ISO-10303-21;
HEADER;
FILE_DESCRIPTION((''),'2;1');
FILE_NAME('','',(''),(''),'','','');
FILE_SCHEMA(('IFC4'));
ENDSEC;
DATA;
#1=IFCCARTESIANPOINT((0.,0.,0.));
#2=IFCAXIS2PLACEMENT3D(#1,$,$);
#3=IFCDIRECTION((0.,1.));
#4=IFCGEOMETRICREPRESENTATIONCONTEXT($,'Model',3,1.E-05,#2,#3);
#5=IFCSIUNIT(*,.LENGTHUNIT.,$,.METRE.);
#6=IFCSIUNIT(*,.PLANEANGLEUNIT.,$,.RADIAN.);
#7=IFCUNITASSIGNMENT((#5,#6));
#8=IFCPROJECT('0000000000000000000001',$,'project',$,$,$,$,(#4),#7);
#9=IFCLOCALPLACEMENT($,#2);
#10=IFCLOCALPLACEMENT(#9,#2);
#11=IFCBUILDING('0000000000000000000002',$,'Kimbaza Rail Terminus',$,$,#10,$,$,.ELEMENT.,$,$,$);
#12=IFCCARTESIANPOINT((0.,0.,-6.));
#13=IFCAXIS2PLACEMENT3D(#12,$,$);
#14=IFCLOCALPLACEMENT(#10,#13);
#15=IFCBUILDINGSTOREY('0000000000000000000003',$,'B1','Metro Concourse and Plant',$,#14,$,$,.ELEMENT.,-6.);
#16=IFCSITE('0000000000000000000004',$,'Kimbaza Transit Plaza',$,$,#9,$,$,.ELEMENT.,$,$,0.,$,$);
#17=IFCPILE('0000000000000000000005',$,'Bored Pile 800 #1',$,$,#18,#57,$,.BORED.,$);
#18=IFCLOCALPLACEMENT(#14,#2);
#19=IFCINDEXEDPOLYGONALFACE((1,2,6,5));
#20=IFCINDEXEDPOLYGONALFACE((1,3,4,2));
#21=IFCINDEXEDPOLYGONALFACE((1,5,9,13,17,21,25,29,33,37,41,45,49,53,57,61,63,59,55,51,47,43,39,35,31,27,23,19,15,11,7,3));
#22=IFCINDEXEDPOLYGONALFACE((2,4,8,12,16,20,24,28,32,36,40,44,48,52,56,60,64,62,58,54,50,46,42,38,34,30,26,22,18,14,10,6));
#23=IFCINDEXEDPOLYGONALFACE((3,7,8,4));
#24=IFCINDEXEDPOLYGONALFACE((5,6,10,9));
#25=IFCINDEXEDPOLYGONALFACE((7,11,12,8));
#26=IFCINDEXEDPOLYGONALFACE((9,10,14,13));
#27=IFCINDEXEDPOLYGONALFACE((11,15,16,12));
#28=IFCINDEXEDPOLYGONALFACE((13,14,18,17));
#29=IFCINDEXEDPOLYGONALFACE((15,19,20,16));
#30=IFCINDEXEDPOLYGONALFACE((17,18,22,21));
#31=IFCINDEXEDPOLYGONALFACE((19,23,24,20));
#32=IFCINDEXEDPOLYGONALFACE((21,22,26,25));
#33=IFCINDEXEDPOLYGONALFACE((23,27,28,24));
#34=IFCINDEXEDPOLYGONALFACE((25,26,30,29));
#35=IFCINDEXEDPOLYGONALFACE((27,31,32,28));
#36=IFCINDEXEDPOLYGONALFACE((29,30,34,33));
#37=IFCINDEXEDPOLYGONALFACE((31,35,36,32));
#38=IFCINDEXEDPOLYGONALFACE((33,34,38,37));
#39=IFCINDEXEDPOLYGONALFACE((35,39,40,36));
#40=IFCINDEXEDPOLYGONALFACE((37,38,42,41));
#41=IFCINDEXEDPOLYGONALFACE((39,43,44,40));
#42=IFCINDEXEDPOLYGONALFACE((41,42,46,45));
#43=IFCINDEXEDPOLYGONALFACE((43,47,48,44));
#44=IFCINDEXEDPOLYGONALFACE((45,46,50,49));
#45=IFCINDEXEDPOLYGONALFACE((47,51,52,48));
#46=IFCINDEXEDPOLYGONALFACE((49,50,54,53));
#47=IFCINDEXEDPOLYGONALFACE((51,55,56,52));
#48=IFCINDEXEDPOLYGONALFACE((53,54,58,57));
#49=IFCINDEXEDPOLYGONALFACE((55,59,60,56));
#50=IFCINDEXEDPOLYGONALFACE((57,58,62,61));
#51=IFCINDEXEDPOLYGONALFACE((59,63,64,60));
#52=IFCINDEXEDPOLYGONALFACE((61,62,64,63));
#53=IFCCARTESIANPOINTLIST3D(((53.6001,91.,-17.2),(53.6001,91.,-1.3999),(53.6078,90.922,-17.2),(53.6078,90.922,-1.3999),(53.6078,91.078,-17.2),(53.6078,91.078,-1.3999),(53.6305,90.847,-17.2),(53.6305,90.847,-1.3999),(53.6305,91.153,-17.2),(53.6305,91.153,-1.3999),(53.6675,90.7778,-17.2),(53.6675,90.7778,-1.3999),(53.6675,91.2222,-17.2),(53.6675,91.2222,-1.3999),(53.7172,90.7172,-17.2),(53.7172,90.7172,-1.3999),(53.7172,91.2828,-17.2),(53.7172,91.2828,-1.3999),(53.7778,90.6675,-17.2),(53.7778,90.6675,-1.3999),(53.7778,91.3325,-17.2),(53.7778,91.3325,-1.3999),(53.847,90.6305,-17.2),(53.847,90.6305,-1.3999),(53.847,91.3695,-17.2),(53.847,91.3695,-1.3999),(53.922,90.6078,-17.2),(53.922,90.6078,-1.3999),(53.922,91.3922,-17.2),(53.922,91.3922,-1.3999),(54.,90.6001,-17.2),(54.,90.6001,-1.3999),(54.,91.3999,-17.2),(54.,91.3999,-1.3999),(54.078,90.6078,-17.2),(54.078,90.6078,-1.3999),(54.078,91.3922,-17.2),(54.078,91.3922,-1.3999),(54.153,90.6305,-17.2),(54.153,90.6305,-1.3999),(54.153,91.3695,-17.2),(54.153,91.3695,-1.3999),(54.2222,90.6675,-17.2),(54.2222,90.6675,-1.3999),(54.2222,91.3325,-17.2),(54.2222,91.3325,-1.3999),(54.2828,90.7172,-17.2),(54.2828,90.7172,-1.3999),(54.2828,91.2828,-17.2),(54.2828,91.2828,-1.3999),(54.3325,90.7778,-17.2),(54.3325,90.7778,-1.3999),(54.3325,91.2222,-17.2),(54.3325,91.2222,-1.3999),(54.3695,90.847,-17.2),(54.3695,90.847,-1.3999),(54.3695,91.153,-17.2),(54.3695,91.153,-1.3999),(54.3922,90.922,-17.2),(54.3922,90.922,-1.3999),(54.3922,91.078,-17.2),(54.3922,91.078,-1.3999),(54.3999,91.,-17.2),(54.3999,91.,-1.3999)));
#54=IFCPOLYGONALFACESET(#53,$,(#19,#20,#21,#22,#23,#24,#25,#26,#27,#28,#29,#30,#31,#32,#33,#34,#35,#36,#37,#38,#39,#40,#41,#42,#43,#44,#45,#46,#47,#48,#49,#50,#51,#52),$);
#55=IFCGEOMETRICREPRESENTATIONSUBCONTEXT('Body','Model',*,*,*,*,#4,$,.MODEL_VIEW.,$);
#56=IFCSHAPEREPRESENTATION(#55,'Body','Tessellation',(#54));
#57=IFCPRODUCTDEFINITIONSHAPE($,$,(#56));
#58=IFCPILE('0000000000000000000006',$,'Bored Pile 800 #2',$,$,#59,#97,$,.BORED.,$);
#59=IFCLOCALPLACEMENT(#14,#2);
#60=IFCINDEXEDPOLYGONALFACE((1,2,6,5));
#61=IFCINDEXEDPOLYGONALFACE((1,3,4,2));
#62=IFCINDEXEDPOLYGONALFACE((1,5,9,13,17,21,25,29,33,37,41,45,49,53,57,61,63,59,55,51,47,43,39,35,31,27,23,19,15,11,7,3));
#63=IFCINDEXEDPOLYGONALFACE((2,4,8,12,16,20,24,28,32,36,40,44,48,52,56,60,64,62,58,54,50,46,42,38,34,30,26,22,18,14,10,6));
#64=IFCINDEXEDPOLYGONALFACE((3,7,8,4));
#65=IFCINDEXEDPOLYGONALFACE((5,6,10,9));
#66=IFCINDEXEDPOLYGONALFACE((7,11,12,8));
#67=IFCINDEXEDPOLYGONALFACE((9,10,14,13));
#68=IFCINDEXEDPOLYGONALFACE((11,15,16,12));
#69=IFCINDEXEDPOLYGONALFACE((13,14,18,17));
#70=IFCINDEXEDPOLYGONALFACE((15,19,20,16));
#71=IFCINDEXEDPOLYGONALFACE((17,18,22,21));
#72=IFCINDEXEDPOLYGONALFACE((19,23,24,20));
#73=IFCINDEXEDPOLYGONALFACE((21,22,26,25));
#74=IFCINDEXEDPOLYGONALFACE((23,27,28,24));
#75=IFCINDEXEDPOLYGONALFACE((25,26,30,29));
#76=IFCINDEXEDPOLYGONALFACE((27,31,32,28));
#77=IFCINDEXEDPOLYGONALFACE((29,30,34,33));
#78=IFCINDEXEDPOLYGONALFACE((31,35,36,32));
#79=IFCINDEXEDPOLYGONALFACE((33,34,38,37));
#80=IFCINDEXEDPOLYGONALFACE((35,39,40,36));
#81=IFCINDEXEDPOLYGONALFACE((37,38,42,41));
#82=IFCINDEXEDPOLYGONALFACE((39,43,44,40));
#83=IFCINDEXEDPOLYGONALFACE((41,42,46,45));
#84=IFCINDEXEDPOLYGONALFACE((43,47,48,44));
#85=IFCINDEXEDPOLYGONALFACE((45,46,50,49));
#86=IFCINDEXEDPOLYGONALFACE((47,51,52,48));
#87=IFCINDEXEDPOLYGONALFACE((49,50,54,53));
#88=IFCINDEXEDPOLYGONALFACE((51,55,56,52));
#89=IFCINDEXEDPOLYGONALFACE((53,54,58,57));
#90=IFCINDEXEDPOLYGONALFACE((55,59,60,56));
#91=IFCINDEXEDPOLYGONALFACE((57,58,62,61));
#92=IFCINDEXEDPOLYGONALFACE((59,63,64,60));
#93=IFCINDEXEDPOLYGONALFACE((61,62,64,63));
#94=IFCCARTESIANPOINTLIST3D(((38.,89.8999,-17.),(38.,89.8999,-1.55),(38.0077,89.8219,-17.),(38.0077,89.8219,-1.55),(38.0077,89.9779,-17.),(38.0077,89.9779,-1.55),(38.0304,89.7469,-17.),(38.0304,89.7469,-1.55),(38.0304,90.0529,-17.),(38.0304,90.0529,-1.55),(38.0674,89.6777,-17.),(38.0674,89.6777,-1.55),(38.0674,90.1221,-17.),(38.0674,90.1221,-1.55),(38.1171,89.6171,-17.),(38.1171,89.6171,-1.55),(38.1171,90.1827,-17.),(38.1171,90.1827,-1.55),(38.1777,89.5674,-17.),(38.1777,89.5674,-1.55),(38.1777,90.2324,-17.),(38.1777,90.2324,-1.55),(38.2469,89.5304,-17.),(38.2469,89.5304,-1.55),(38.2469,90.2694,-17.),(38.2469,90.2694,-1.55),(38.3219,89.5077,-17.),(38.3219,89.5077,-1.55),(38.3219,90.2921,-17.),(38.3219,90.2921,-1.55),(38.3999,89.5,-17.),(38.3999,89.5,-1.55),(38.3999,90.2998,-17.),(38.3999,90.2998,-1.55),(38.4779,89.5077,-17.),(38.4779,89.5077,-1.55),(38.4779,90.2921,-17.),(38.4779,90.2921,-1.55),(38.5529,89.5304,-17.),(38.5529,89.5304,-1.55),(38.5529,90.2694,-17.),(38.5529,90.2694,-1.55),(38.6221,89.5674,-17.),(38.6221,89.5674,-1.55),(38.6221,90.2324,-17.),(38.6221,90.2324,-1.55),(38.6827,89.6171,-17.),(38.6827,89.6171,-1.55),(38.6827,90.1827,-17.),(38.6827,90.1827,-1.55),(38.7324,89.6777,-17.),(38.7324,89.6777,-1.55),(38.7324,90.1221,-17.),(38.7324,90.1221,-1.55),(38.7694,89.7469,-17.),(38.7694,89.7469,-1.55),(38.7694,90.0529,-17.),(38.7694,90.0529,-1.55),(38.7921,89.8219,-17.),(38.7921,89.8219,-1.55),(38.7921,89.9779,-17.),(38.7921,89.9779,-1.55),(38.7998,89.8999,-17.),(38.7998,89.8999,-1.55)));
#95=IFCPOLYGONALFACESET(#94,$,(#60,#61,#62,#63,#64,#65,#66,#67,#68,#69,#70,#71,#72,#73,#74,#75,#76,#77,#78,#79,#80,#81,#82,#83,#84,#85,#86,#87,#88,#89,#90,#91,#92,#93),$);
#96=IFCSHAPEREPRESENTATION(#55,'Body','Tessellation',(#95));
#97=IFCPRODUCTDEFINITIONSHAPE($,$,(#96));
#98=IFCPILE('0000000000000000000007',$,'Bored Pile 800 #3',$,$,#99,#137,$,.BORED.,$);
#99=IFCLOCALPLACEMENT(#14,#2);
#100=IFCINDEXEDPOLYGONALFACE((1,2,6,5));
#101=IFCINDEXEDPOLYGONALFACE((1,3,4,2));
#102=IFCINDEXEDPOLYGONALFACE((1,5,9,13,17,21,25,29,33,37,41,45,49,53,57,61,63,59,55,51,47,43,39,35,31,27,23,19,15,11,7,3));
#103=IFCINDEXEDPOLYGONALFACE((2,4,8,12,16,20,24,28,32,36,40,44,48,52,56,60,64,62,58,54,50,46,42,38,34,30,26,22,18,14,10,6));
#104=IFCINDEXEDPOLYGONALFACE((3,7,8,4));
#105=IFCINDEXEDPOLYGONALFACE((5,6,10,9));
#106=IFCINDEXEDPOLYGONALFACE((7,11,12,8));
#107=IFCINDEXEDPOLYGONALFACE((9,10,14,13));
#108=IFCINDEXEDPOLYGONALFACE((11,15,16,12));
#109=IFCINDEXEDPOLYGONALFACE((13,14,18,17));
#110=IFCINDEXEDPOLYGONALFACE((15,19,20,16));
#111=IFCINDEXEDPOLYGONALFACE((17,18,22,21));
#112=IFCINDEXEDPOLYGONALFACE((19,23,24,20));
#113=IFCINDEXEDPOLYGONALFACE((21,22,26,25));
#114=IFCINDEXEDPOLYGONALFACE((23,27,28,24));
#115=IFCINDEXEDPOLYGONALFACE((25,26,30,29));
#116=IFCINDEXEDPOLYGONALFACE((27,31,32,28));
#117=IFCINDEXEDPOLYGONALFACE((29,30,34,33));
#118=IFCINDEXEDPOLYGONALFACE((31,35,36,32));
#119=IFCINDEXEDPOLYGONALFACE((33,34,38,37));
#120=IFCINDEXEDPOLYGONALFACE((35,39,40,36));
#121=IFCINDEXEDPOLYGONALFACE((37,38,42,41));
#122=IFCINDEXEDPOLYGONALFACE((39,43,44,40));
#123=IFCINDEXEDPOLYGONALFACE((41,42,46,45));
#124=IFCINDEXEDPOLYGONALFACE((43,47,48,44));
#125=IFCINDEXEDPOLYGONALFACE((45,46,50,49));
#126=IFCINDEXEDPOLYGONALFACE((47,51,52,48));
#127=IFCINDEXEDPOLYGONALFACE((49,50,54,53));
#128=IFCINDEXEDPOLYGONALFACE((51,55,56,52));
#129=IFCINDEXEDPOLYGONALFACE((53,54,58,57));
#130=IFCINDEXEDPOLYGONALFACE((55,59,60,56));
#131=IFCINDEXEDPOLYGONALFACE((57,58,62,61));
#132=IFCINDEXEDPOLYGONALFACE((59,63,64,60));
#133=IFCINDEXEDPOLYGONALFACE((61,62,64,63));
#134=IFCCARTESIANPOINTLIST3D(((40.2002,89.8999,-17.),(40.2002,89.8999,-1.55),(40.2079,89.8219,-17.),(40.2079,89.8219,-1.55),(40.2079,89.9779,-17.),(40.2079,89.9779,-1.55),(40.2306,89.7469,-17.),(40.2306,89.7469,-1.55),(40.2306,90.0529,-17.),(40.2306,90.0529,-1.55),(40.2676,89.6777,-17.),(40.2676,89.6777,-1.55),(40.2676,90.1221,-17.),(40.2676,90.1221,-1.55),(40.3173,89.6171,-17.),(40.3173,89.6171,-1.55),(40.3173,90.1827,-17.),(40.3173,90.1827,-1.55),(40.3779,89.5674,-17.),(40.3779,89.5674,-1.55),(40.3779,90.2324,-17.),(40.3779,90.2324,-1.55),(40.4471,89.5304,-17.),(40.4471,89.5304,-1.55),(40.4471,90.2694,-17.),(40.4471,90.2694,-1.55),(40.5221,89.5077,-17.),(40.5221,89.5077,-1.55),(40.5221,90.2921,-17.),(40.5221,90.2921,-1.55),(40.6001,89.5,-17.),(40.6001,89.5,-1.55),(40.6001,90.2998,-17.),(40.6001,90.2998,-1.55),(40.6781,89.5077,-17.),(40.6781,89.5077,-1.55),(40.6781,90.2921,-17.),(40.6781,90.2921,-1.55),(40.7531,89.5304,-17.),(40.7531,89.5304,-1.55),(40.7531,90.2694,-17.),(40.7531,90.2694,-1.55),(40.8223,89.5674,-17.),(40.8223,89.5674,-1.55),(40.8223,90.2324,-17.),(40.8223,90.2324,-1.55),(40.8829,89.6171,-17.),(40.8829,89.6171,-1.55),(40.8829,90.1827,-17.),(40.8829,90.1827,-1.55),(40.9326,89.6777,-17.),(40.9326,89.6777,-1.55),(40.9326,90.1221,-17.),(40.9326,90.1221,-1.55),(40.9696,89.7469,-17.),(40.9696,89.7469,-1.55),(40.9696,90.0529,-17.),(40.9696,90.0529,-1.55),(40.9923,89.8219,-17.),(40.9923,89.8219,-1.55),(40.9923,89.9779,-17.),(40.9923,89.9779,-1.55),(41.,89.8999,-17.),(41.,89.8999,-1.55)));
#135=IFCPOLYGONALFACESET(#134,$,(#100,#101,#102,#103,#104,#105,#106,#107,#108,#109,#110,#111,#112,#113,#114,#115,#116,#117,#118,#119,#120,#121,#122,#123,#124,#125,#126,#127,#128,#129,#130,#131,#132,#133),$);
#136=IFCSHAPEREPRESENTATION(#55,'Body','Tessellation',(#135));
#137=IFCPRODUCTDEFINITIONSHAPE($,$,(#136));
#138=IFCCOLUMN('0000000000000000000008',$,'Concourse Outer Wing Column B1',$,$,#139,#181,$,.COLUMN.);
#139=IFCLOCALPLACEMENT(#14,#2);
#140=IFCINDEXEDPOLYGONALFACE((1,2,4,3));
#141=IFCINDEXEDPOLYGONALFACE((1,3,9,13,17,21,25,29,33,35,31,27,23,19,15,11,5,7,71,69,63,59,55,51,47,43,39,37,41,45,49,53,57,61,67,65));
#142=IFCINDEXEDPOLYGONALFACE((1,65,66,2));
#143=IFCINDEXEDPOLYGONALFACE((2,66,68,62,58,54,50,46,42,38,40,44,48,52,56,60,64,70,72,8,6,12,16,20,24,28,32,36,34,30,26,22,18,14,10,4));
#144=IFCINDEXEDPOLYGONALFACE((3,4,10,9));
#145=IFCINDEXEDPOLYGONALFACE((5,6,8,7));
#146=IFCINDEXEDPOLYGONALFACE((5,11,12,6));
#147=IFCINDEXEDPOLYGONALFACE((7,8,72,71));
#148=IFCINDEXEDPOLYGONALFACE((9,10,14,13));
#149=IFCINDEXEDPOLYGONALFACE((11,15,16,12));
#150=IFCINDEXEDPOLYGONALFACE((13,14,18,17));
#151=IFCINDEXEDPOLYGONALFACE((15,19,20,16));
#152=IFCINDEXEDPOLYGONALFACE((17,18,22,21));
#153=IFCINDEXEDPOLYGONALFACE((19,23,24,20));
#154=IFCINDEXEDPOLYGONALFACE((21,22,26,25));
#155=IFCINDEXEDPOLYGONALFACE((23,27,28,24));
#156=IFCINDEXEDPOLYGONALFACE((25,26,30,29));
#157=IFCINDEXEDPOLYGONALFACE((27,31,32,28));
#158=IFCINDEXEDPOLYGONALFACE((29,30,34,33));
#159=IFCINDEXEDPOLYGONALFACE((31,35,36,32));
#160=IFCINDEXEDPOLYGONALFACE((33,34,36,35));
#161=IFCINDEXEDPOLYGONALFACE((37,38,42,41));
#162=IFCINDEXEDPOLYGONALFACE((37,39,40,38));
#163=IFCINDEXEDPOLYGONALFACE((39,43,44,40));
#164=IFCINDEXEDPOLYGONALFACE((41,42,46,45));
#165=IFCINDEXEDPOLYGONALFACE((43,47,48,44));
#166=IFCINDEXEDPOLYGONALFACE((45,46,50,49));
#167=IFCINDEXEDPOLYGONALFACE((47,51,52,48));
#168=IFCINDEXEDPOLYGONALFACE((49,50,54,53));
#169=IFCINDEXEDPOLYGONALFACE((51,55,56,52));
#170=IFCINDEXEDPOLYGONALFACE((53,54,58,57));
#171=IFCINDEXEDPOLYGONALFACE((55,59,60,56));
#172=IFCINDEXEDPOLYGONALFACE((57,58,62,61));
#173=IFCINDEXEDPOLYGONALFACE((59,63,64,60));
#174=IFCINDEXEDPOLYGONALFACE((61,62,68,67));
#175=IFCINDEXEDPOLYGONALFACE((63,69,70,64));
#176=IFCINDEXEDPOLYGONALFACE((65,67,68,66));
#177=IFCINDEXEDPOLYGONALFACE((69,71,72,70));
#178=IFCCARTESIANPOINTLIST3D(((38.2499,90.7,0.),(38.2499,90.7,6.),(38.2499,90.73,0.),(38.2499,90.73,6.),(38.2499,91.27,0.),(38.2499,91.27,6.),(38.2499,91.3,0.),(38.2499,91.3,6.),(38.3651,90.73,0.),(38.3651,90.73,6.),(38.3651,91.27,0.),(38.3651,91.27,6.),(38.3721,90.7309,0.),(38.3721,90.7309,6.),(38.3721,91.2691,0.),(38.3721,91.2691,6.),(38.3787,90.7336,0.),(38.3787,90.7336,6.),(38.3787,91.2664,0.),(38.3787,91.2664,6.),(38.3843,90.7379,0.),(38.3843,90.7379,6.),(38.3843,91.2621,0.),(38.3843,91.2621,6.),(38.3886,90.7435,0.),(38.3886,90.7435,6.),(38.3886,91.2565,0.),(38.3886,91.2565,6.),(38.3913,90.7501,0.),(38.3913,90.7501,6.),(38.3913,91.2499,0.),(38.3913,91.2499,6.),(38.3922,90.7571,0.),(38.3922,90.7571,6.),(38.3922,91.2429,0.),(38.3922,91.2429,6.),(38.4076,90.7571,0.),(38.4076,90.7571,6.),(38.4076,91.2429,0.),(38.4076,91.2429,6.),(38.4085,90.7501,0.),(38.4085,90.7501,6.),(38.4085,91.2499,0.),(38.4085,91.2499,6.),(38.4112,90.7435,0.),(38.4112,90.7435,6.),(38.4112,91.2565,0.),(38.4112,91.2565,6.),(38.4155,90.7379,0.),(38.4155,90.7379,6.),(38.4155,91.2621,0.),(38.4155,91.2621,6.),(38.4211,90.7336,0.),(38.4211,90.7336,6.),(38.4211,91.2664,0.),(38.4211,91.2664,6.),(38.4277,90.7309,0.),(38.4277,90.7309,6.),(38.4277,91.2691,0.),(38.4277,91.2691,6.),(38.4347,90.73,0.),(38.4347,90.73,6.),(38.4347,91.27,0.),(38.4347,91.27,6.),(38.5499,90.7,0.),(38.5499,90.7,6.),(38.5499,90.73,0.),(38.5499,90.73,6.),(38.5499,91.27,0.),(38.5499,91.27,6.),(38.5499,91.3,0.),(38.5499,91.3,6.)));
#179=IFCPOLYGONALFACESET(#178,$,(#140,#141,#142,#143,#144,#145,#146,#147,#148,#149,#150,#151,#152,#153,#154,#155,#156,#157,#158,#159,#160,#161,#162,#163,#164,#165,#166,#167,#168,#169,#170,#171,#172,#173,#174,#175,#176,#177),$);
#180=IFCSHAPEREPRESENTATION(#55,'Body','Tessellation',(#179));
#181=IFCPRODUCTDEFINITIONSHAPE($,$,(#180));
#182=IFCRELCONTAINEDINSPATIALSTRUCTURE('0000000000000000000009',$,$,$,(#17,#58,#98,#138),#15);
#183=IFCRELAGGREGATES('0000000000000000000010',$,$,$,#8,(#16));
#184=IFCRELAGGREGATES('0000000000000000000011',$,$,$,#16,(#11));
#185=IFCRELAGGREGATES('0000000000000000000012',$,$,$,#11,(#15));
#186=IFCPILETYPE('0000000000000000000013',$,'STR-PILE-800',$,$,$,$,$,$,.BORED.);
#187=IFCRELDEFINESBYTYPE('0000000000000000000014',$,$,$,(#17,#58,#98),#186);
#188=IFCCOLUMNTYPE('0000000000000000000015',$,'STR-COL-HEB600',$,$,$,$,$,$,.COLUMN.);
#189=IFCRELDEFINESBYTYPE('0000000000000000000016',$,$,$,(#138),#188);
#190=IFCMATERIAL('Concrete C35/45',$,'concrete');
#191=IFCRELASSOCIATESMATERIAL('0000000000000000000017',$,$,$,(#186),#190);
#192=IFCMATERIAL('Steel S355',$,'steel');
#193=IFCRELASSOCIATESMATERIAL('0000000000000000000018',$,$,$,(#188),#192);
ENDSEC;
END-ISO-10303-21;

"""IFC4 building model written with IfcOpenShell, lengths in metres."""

from ifc_helpers import new_model, si_unit, direction, frame, origin, origin_2d, place, context, subcontext, project, spatial, circle, i_section, extrude, material, material_profile, profile_set, type_object, element, save


model = new_model("IFC4")

# Units and contexts
model_context = context("Model", 3, precision=1e-05, world=origin(), true_north=direction((0.0, 1.0)))
body_context = subcontext(model_context, "Body", "Model", "MODEL_VIEW")
ifc_project = project(units=[si_unit("LENGTHUNIT", "METRE"), si_unit("PLANEANGLEUNIT", "RADIAN")], contexts=[model_context])

# Site, building, storey
site_placement = place(None, origin())
site = spatial("IfcSite", under=ifc_project, at=site_placement, Name="Kimbaza Transit Plaza", CompositionType="ELEMENT", RefElevation=0.0)
building_placement = place(site_placement, origin())
building = spatial("IfcBuilding", under=site, at=building_placement, Name="Kimbaza Rail Terminus", CompositionType="ELEMENT")
storey_placement = place(building_placement, frame((0.0, 0.0, -6.0)))
storey = spatial("IfcBuildingStorey", under=building, at=storey_placement, Name="B1", Description="Metro Concourse and Plant", CompositionType="ELEMENT", Elevation=-6.0)

# Piles
ifc_material_1 = material(Name="Concrete C35/45", Category="concrete")
ifc_material_profile_1 = material_profile(ifc_material_1, circle(Radius=0.3999, at=origin_2d()), Name="BORED PILE 800")
ifc_profile_set_1 = profile_set([ifc_material_profile_1], Name="Concrete C35/45")
pile_type_1 = type_object("IfcPileType", Name="STR-PILE-800", PredefinedType="BORED", material=ifc_profile_set_1)
for number, where, z_axis, x_axis, name in (
    (1, (54.0, 91.0, -1.3999), (0.0, 0.0, -1.0), (1.0, 0.0, 0.0), "Bored Pile 800 #1"),
):
    element("IfcPile", number, at=place(storey_placement, frame(where, z_axis=z_axis, x_axis=x_axis)), inside=storey, type_object=pile_type_1, Name=name, PredefinedType="BORED", context=body_context, shape_type="SweptSolid", body=[
        extrude(circle(Radius=0.3999, at=origin_2d()), origin(), (0.0, 0.0, 1.0), 15.8),
    ])
for number, where, z_axis, x_axis, name in (
    (2, (38.3999, 89.8999, -1.55), (0.0, 0.0, -1.0), (1.0, 0.0, 0.0), "Bored Pile 800 #2"),
    (3, (40.6001, 89.8999, -1.55), (0.0, 0.0, -1.0), (1.0, 0.0, 0.0), "Bored Pile 800 #3"),
):
    element("IfcPile", number, at=place(storey_placement, frame(where, z_axis=z_axis, x_axis=x_axis)), inside=storey, type_object=pile_type_1, Name=name, PredefinedType="BORED", context=body_context, shape_type="SweptSolid", body=[
        extrude(circle(Radius=0.3999, at=origin_2d()), origin(), (0.0, 0.0, 1.0), 15.45),
    ])

# Column
ifc_material_2 = material(Name="Steel S355", Category="steel")
ifc_material_profile_2 = material_profile(ifc_material_2, i_section(OverallWidth=0.3, OverallDepth=0.6001, WebThickness=0.0154, FlangeThickness=0.03, FilletRadius=0.0271, at=origin_2d()), Name="HEB 600")
ifc_profile_set_2 = profile_set([ifc_material_profile_2], Name="Steel S355")
column_type_1 = type_object("IfcColumnType", Name="STR-COL-HEB600", PredefinedType="COLUMN", material=ifc_profile_set_2)
column_1_placement = place(storey_placement, frame((38.3999, 91.0, 0.0), z_axis=(0.0, 0.0, 1.0), x_axis=(1.0, 0.0, 0.0)))
element("IfcColumn", 4, at=column_1_placement, inside=storey, type_object=column_type_1, Name="Concourse Outer Wing Column B1", PredefinedType="COLUMN", context=body_context, shape_type="SweptSolid", body=[
    extrude(i_section(OverallWidth=0.3, OverallDepth=0.6001, WebThickness=0.0154, FlangeThickness=0.03, FilletRadius=0.0271, at=origin_2d()), origin(), (0.0, 0.0, 1.0), 6.0),
])

save(model, "model.ifc")
